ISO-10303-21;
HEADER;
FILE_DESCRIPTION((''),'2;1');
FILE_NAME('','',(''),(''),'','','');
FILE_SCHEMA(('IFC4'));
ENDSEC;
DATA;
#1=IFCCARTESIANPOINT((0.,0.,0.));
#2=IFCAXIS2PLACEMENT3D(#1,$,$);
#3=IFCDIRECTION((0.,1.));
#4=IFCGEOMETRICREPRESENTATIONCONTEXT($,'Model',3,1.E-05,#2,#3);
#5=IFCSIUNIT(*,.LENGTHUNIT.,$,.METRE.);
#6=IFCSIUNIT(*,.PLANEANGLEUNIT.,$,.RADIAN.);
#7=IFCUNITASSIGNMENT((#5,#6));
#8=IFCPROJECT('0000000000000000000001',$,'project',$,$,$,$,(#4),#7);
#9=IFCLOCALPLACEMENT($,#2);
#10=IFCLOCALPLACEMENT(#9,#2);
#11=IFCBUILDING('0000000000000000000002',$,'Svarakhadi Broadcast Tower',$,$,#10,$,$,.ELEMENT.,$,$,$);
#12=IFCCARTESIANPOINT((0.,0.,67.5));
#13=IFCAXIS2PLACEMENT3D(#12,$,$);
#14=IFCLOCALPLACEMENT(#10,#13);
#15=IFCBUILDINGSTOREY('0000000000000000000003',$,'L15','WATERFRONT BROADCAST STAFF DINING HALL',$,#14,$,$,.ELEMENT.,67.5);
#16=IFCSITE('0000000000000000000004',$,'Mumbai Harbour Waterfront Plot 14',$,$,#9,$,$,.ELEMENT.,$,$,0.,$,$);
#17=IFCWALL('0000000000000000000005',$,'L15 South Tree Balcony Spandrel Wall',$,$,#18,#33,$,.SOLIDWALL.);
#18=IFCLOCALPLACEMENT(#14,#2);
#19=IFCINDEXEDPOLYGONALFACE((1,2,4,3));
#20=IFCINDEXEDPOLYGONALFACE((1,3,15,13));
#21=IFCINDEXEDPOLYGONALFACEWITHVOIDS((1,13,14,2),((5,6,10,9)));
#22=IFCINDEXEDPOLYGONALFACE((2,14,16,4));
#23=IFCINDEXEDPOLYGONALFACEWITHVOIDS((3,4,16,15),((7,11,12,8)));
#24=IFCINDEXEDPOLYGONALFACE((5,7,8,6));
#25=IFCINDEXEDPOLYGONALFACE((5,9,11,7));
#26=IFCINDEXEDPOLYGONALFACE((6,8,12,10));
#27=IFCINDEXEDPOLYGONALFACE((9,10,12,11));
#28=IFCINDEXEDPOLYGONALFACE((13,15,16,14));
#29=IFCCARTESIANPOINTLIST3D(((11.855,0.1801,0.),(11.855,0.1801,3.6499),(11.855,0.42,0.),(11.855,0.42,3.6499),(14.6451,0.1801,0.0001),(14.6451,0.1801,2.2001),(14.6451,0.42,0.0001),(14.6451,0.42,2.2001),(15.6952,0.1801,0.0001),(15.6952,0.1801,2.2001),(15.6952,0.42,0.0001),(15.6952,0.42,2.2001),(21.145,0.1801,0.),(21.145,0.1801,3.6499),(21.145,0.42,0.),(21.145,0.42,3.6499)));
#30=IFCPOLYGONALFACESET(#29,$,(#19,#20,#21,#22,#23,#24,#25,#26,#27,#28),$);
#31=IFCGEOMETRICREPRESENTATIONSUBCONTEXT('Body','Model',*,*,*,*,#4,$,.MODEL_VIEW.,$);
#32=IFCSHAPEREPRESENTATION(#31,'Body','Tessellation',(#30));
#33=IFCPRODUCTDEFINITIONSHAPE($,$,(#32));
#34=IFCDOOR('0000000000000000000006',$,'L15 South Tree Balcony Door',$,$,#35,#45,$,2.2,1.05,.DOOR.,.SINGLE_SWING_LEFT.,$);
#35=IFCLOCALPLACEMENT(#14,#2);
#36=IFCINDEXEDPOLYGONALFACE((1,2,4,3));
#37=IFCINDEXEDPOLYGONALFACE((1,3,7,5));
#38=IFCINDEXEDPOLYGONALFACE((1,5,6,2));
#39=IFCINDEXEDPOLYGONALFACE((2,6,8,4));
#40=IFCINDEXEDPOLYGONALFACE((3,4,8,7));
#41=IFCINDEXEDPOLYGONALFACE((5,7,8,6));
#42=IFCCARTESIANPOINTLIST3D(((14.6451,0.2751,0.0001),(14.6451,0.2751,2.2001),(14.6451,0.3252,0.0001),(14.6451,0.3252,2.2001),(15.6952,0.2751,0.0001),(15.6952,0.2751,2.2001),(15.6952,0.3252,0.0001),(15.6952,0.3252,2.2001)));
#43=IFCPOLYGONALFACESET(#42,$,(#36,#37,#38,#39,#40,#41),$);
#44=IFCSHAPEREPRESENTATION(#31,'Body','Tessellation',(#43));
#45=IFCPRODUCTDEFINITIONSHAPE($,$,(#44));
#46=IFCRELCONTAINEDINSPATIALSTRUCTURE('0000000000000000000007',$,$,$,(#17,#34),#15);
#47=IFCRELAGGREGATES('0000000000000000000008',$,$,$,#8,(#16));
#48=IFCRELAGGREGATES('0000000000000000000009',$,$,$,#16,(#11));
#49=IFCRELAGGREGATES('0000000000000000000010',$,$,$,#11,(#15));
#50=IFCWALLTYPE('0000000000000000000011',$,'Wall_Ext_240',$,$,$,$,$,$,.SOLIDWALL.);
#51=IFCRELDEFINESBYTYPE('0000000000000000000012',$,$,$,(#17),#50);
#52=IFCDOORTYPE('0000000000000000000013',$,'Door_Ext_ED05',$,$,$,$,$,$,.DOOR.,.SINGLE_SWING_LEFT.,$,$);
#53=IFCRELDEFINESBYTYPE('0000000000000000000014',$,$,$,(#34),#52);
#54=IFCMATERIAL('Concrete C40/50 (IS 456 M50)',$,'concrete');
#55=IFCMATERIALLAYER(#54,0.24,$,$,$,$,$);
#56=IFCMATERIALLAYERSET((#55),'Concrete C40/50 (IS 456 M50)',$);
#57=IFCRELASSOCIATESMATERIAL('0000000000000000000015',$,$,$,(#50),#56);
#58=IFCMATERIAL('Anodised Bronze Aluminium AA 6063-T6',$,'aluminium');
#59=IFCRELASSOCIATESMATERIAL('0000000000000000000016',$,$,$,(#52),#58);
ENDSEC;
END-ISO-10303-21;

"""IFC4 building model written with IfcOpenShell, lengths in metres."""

from ifc_helpers import new_model, si_unit, direction, frame, frame_2d, origin, place, context, subcontext, project, spatial, rectangle, extrude, material, layer, layer_set, type_object, element, fill, save


model = new_model("IFC4")

# Units and contexts
model_context = context("Model", 3, precision=1e-05, world=origin(), true_north=direction((0.0, 1.0)))
body_context = subcontext(model_context, "Body", "Model", "MODEL_VIEW")
ifc_project = project(units=[si_unit("LENGTHUNIT", "METRE"), si_unit("PLANEANGLEUNIT", "RADIAN")], contexts=[model_context])

# Site, building, storey
site_placement = place(None, origin())
site = spatial("IfcSite", under=ifc_project, at=site_placement, Name="Mumbai Harbour Waterfront Plot 14", CompositionType="ELEMENT", RefElevation=0.0)
building_placement = place(site_placement, origin())
building = spatial("IfcBuilding", under=site, at=building_placement, Name="Svarakhadi Broadcast Tower", CompositionType="ELEMENT")
storey_placement = place(building_placement, frame((0.0, 0.0, 67.5)))
storey = spatial("IfcBuildingStorey", under=building, at=storey_placement, Name="L15", Description="WATERFRONT BROADCAST STAFF DINING HALL", CompositionType="ELEMENT", Elevation=67.5)

# Shared definitions
ifc_material_1 = material(Name="Anodised Bronze Aluminium AA 6063-T6", Category="aluminium")

# Wall, opening, door
ifc_material_2 = material(Name="Concrete C40/50 (IS 456 M50)", Category="concrete")
ifc_layer_1 = layer(ifc_material_2, 0.24)
ifc_layer_set_1 = layer_set([ifc_layer_1], Name="Concrete C40/50 (IS 456 M50)")
wall_type_1 = type_object("IfcWallType", Name="Wall_Ext_240", PredefinedType="SOLIDWALL", material=ifc_layer_set_1)
wall_placement = place(storey_placement, frame((21.145, 0.3, 0.0), z_axis=(0.0, 0.0, 1.0), x_axis=(-1.0, 0.0, 0.0)))
wall = element("IfcWall", 1, at=wall_placement, inside=storey, type_object=wall_type_1, Name="L15 South Tree Balcony Spandrel Wall", PredefinedType="SOLIDWALL", context=body_context, shape_type="SweptSolid", body=[
    extrude(rectangle(XDim=9.29, YDim=0.24, at=frame_2d((4.645, 0.0))), origin(), (0.0, 0.0, 1.0), 3.6499),
])
opening_placement = place(wall_placement, frame((5.45, 0.0, 0.0)))
opening = element("IfcOpeningElement", 2, at=opening_placement, cuts=wall, PredefinedType="OPENING", context=body_context, shape_type="SweptSolid", body=[
    extrude(rectangle(XDim=1.05, YDim=2.2, at=frame_2d((0.5249, 1.1001))), frame((0.0, 0.1299, 0.0), z_axis=(0.0, -1.0, 0.0), x_axis=(1.0, 0.0, 0.0)), (0.0, 0.0, 1.0), 0.26),
])
door_type = type_object("IfcDoorType", Name="Door_Ext_ED05", OperationType="SINGLE_SWING_LEFT", PredefinedType="DOOR", material=ifc_material_1)
door_placement = place(opening_placement, origin())
door = element("IfcDoor", 3, at=door_placement, inside=storey, type_object=door_type, Name="L15 South Tree Balcony Door", OperationType="SINGLE_SWING_LEFT", OverallHeight=2.2, OverallWidth=1.05, PredefinedType="DOOR", context=body_context, shape_type="SweptSolid", body=[
    extrude(rectangle(XDim=1.05, YDim=2.2, at=frame_2d((0.5249, 1.1001))), frame((0.0, 0.0249, 0.0), z_axis=(0.0, -1.0, 0.0), x_axis=(1.0, 0.0, 0.0)), (0.0, 0.0, 1.0), 0.05),
])
fill(opening, door)

save(model, "model.ifc")
